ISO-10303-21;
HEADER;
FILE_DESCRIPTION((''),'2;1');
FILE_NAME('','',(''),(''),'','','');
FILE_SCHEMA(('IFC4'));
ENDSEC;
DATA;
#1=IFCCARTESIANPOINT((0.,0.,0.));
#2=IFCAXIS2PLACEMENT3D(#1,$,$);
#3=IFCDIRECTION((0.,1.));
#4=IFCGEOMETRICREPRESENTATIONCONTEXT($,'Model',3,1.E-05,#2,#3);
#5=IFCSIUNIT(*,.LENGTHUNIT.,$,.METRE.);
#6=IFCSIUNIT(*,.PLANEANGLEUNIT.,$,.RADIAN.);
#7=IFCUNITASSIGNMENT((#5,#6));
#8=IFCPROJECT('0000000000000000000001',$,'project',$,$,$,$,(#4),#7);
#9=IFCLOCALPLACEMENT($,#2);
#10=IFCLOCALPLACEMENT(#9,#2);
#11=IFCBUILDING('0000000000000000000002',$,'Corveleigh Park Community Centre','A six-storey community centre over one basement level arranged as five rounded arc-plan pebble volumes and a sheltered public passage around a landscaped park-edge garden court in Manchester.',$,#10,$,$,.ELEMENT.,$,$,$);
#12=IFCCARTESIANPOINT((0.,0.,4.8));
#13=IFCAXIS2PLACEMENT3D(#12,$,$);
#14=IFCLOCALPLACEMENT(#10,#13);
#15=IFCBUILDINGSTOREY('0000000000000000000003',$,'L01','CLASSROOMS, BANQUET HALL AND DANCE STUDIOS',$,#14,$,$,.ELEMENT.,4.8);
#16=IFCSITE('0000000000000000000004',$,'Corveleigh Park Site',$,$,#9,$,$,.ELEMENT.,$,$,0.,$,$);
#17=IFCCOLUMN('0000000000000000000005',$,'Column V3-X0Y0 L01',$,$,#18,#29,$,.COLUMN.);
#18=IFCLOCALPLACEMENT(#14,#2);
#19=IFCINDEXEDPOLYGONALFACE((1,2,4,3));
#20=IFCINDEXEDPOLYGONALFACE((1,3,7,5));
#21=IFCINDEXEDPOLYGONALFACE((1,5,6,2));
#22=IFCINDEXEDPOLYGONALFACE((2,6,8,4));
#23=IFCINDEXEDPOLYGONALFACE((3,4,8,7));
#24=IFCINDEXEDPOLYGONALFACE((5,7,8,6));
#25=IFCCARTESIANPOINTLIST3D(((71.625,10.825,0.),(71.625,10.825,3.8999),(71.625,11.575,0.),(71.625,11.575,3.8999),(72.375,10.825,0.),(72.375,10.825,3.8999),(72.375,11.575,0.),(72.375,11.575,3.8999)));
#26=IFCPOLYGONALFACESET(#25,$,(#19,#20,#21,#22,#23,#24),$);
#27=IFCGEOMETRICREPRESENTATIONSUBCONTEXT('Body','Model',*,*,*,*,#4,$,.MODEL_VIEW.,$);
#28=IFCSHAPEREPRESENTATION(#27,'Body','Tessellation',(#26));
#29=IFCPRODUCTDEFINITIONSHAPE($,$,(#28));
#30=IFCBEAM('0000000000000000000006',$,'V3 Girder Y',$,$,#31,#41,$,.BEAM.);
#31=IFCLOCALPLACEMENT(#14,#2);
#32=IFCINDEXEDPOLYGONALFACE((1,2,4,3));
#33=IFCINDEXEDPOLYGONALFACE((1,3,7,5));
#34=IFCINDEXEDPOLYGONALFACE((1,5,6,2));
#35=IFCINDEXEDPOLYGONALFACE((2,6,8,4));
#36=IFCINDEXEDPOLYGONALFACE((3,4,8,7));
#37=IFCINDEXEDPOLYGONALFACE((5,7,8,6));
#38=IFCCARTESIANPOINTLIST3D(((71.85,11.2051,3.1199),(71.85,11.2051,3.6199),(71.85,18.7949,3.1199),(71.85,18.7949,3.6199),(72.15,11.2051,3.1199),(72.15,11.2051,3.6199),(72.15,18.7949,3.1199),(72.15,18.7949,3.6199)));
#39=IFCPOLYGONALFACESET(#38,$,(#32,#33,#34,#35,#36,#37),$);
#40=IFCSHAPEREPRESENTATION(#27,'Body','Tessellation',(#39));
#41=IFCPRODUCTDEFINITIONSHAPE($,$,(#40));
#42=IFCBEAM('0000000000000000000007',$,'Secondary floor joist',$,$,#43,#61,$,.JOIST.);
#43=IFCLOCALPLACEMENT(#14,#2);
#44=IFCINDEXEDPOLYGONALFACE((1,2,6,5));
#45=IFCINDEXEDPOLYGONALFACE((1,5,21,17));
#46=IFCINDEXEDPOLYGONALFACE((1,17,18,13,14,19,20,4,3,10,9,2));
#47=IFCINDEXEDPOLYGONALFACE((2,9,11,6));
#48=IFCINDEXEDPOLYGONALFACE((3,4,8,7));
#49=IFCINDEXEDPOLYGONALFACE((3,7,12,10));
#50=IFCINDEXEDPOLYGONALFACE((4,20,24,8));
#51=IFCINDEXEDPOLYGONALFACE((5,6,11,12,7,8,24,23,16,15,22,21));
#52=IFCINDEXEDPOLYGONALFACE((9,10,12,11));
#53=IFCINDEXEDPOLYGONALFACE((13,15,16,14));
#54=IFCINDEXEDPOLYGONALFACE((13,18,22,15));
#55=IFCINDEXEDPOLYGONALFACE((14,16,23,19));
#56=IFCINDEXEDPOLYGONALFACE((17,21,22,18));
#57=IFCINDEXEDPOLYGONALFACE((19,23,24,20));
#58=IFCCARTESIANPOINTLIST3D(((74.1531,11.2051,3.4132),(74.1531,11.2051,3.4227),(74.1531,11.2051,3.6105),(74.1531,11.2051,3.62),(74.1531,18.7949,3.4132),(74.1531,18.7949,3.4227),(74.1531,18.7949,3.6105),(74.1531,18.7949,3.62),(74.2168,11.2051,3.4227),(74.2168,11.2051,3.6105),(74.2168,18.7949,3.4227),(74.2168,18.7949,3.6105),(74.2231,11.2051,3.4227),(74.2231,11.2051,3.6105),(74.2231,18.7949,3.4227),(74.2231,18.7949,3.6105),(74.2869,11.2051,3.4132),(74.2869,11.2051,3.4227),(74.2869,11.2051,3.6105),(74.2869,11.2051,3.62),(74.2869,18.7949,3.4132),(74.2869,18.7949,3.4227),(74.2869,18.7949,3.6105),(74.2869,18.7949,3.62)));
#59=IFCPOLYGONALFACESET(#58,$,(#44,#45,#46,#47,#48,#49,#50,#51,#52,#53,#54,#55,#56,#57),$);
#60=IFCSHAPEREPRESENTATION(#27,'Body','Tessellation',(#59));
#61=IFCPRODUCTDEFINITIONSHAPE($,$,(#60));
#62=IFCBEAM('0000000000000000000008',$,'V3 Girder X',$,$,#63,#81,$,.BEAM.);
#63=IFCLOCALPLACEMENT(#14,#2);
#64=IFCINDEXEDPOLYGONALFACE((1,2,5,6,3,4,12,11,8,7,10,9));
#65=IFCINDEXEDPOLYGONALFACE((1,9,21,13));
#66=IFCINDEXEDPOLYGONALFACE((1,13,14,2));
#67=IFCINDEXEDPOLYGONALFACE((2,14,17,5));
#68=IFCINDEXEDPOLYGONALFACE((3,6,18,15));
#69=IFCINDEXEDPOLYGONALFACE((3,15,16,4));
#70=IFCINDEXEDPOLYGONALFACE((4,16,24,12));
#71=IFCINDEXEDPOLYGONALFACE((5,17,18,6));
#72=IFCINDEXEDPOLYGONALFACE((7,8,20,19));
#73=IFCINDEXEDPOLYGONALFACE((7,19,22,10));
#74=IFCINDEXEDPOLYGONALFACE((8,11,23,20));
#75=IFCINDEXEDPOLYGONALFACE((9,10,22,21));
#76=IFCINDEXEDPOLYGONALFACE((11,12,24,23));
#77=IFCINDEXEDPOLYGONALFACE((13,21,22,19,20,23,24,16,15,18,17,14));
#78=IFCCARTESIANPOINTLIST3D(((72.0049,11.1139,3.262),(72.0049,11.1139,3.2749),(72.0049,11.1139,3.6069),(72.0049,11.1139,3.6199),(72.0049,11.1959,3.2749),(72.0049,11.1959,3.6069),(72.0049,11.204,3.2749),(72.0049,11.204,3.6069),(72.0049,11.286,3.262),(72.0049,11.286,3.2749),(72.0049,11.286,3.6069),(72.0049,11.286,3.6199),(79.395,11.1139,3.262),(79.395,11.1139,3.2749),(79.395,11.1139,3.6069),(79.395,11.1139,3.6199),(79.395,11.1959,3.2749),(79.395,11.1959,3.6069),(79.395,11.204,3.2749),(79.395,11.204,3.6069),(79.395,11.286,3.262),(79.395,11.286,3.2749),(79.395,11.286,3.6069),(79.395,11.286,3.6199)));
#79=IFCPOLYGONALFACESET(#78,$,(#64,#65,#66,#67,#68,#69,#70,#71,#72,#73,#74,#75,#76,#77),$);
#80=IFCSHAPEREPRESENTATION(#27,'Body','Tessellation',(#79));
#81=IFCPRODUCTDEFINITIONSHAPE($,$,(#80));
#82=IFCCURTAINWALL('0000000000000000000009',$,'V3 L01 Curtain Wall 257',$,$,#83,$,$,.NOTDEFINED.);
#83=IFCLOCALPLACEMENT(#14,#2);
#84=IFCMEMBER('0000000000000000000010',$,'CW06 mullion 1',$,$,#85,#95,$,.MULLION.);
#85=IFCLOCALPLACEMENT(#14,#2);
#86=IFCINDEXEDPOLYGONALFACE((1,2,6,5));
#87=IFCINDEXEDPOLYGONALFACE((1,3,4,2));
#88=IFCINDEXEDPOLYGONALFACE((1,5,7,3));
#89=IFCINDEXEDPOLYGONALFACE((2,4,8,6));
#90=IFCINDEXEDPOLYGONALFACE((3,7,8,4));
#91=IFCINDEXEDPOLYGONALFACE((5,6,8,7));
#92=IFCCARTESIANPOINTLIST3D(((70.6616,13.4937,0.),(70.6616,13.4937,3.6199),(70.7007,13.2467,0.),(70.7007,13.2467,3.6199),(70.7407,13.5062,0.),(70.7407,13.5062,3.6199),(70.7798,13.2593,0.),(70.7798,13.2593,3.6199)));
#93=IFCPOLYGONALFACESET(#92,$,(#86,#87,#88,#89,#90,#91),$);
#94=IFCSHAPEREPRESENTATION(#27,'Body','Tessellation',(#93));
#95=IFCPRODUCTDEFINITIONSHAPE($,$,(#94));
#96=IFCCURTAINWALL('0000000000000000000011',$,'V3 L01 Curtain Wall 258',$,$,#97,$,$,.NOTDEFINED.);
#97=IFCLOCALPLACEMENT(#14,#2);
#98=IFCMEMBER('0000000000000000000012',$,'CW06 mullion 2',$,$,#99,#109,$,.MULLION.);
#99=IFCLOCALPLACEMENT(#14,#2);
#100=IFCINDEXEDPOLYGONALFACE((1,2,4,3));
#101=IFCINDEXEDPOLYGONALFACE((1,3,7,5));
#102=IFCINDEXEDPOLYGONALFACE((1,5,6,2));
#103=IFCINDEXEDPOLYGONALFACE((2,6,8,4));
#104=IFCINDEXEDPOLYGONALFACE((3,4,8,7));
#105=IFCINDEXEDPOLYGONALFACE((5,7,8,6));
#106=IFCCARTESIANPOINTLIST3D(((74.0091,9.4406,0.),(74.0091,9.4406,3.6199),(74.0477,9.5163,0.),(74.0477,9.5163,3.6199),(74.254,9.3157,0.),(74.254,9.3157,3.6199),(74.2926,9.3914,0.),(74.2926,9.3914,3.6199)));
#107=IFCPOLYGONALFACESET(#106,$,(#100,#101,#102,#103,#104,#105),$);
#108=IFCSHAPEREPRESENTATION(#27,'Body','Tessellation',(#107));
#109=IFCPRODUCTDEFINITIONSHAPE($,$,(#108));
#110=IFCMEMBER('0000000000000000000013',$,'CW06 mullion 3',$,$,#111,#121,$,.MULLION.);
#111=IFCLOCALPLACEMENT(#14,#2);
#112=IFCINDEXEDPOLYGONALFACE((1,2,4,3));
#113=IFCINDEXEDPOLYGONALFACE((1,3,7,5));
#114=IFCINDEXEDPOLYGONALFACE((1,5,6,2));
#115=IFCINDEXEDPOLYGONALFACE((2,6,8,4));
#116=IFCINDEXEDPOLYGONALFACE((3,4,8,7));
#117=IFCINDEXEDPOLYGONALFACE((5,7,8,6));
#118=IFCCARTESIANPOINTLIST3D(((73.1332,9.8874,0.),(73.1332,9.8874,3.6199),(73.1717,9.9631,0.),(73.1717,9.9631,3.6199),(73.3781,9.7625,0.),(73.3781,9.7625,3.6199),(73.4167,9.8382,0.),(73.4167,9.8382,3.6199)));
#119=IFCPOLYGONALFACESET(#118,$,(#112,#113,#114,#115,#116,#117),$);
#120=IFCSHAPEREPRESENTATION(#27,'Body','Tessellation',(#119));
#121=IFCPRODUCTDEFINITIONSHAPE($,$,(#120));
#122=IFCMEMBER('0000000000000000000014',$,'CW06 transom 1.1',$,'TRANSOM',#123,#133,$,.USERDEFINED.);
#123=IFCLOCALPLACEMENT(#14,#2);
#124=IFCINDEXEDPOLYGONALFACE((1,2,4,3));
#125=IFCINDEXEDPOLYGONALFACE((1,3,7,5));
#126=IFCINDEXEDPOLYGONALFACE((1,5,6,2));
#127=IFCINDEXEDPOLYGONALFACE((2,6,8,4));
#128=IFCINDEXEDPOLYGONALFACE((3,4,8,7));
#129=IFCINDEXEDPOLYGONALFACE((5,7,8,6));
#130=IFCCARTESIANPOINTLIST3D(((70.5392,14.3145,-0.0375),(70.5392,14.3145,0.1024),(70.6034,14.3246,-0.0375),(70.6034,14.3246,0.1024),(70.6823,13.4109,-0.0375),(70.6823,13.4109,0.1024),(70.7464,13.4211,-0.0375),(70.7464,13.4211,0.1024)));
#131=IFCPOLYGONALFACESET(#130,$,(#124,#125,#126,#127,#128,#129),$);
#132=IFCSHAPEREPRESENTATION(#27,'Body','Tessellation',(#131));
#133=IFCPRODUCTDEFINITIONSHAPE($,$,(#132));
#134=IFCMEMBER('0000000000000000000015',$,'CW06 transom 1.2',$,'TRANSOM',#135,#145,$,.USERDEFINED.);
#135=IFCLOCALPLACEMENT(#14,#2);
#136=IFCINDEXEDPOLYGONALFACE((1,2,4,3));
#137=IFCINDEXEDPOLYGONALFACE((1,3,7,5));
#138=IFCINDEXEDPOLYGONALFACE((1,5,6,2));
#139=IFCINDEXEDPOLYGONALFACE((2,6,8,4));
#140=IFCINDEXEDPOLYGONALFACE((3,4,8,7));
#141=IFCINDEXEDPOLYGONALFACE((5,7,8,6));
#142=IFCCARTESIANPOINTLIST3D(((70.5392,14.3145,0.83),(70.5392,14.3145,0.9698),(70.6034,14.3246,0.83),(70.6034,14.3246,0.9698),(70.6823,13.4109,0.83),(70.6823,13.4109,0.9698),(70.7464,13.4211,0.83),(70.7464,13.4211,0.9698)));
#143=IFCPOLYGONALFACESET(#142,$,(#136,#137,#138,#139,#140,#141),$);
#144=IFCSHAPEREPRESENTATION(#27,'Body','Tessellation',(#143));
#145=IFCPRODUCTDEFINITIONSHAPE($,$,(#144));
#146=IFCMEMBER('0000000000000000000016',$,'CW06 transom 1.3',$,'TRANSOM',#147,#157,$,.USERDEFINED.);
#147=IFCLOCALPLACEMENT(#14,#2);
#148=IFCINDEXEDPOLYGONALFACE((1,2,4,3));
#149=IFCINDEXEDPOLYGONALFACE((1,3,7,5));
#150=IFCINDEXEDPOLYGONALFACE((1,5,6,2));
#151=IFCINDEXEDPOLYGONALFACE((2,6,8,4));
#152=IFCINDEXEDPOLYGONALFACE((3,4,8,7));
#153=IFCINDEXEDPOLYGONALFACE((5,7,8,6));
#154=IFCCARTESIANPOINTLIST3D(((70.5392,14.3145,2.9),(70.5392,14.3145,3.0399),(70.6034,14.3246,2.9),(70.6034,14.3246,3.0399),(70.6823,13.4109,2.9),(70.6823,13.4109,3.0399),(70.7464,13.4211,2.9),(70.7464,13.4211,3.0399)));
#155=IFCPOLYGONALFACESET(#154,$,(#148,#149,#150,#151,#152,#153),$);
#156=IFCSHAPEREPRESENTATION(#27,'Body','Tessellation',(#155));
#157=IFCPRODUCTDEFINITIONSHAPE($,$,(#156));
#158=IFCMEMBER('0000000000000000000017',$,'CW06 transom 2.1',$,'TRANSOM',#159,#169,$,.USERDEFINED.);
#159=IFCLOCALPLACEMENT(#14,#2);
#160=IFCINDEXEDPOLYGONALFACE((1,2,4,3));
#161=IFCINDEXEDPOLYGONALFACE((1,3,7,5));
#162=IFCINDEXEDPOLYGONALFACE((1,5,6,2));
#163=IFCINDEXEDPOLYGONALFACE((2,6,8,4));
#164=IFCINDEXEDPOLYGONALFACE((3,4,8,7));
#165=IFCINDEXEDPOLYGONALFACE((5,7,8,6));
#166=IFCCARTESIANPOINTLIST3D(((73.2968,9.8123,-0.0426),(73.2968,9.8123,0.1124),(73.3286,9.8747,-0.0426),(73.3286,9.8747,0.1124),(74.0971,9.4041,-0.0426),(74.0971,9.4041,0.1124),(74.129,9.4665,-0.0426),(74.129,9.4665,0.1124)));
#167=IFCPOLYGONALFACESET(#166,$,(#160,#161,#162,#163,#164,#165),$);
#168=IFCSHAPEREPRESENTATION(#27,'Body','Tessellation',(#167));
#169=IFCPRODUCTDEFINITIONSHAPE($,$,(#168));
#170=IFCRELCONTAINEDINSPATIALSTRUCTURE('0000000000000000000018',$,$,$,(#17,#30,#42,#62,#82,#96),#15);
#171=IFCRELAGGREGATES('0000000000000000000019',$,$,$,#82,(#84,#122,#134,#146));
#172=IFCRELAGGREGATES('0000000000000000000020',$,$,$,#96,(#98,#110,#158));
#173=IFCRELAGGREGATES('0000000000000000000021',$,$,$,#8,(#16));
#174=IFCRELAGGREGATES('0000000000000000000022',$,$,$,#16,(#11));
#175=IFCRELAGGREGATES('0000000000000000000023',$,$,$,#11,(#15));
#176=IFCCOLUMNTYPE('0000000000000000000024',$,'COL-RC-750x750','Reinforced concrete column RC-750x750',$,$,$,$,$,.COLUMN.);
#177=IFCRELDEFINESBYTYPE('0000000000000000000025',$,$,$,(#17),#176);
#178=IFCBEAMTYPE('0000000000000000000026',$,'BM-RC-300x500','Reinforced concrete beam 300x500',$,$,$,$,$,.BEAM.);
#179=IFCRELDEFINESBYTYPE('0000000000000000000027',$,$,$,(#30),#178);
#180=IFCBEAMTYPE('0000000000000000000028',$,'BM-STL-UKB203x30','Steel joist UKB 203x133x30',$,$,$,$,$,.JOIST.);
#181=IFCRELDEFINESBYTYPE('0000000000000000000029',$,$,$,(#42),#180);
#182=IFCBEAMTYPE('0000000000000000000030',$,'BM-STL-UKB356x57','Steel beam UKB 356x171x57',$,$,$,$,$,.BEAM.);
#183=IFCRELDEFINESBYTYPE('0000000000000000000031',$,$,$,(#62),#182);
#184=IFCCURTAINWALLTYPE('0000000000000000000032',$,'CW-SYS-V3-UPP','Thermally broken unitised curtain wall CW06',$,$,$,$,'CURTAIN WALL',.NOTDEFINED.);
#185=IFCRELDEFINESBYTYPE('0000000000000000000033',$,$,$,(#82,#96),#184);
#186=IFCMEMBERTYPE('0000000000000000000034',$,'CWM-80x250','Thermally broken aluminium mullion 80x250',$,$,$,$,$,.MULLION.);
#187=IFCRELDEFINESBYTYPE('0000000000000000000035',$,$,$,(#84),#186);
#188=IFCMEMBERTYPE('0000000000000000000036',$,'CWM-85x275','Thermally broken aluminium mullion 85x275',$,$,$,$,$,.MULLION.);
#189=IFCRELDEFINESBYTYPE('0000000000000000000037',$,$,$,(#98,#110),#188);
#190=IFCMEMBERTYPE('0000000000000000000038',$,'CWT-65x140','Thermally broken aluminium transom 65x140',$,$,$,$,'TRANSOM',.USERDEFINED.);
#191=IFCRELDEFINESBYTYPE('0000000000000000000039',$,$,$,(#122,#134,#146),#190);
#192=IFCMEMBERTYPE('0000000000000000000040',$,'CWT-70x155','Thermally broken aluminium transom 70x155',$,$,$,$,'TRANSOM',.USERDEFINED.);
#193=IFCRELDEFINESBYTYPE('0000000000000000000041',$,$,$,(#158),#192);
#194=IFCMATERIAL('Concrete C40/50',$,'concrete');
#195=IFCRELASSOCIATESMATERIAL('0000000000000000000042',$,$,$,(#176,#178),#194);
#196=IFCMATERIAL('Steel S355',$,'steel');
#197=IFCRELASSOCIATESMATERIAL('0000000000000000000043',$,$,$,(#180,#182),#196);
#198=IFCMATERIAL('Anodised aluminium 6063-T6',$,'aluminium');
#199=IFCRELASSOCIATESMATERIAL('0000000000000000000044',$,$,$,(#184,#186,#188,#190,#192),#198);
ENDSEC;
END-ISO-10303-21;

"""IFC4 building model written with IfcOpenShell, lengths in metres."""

from ifc_helpers import new_model, si_unit, direction, frame, origin, origin_2d, place, context, subcontext, project, spatial, rectangle, i_section, extrude, material, material_profile, profile_set, type_object, element, aggregate, save


model = new_model("IFC4")

# Units and contexts
model_context = context("Model", 3, precision=1e-05, world=origin(), true_north=direction((0.0, 1.0)))
body_context = subcontext(model_context, "Body", "Model", "MODEL_VIEW")
ifc_project = project(units=[si_unit("LENGTHUNIT", "METRE"), si_unit("PLANEANGLEUNIT", "RADIAN")], contexts=[model_context])

# Site, building, storey
site_placement = place(None, origin())
site = spatial("IfcSite", under=ifc_project, at=site_placement, Name="Corveleigh Park Site", CompositionType="ELEMENT", RefElevation=0.0)
building_placement = place(site_placement, origin())
building = spatial("IfcBuilding", under=site, at=building_placement, Name="Corveleigh Park Community Centre", Description="A six-storey community centre over one basement level arranged as five rounded arc-plan pebble volumes and a sheltered public passage around a landscaped park-edge garden court in Manchester.", CompositionType="ELEMENT")
storey_placement = place(building_placement, frame((0.0, 0.0, 4.8)))
storey = spatial("IfcBuildingStorey", under=building, at=storey_placement, Name="L01", Description="CLASSROOMS, BANQUET HALL AND DANCE STUDIOS", CompositionType="ELEMENT", Elevation=4.8)

# Column
ifc_material_1 = material(Name="Concrete C40/50", Category="concrete")
ifc_material_profile_1 = material_profile(ifc_material_1, rectangle(XDim=0.75, YDim=0.75, at=origin_2d()), Name="RC-750x750", Category="concrete")
ifc_profile_set_1 = profile_set([ifc_material_profile_1], Name="Concrete C40/50")
column_type = type_object("IfcColumnType", Name="COL-RC-750x750", Description="Reinforced concrete column RC-750x750", PredefinedType="COLUMN", material=ifc_profile_set_1)
column_placement = place(storey_placement, frame((72.0, 11.2, 0.0), z_axis=(0.0, 0.0, 1.0), x_axis=(1.0, 0.0, 0.0)))
element("IfcColumn", 1, at=column_placement, inside=storey, type_object=column_type, Name="Column V3-X0Y0 L01", PredefinedType="COLUMN", context=body_context, shape_type="SweptSolid", body=[
    extrude(rectangle(XDim=0.75, YDim=0.75, at=origin_2d()), origin(), (0.0, 0.0, 1.0), 3.8999),
])

# Beams
ifc_material_profile_2 = material_profile(ifc_material_1, rectangle(XDim=0.3, YDim=0.5, at=origin_2d()), Name="RC-300x500", Category="concrete")
ifc_profile_set_2 = profile_set([ifc_material_profile_2], Name="Concrete C40/50")
beam_type_1 = type_object("IfcBeamType", Name="BM-RC-300x500", Description="Reinforced concrete beam 300x500", PredefinedType="BEAM", material=ifc_profile_set_2)
beam_1_placement = place(storey_placement, frame((72.0, 11.2051, 3.3699), z_axis=(0.0, 1.0, 0.0), x_axis=(-1.0, 0.0, 0.0)))
element("IfcBeam", 2, at=beam_1_placement, inside=storey, type_object=beam_type_1, Name="V3 Girder Y", PredefinedType="BEAM", context=body_context, shape_type="SweptSolid", body=[
    extrude(rectangle(XDim=0.3, YDim=0.5, at=origin_2d()), origin(), (0.0, 0.0, 1.0), 7.5898),
])
ifc_material_2 = material(Name="Steel S355", Category="steel")
ifc_material_profile_3 = material_profile(ifc_material_2, i_section(OverallWidth=0.1338, OverallDepth=0.2068, WebThickness=0.0063, FlangeThickness=0.0095, at=origin_2d()), Name="UKB 203x133x30", Category="steel")
ifc_profile_set_3 = profile_set([ifc_material_profile_3], Name="Steel S355")
beam_type_2 = type_object("IfcBeamType", Name="BM-STL-UKB203x30", Description="Steel joist UKB 203x133x30", PredefinedType="JOIST", material=ifc_profile_set_3)
beam_2_placement = place(storey_placement, frame((74.22, 11.2051, 3.5166), z_axis=(0.0, 1.0, 0.0), x_axis=(-1.0, 0.0, 0.0)))
element("IfcBeam", 3, at=beam_2_placement, inside=storey, type_object=beam_type_2, Name="Secondary floor joist", PredefinedType="JOIST", context=body_context, shape_type="SweptSolid", body=[
    extrude(i_section(OverallWidth=0.1338, OverallDepth=0.2068, WebThickness=0.0063, FlangeThickness=0.0095, at=origin_2d()), origin(), (0.0, 0.0, 1.0), 7.5898),
])
ifc_material_profile_4 = material_profile(ifc_material_2, i_section(OverallWidth=0.1721, OverallDepth=0.3579, WebThickness=0.0081, FlangeThickness=0.0129, at=origin_2d()), Name="UKB 356x171x57", Category="steel")
ifc_profile_set_4 = profile_set([ifc_material_profile_4], Name="Steel S355")
beam_type_3 = type_object("IfcBeamType", Name="BM-STL-UKB356x57", Description="Steel beam UKB 356x171x57", PredefinedType="BEAM", material=ifc_profile_set_4)
beam_3_placement = place(storey_placement, frame((72.0049, 11.2, 3.4409), z_axis=(1.0, 0.0, 0.0), x_axis=(0.0, 1.0, 0.0)))
element("IfcBeam", 4, at=beam_3_placement, inside=storey, type_object=beam_type_3, Name="V3 Girder X", PredefinedType="BEAM", context=body_context, shape_type="SweptSolid", body=[
    extrude(i_section(OverallWidth=0.1721, OverallDepth=0.3579, WebThickness=0.0081, FlangeThickness=0.0129, at=origin_2d()), origin(), (0.0, 0.0, 1.0), 7.3901),
])

# Curtain wall, member
ifc_material_3 = material(Name="Anodised aluminium 6063-T6", Category="aluminium")
curtain_wall_type = type_object("IfcCurtainWallType", Name="CW-SYS-V3-UPP", Description="Thermally broken unitised curtain wall CW06", ElementType="CURTAIN WALL", PredefinedType="NOTDEFINED", material=ifc_material_3)
curtain_wall_1_placement = place(storey_placement, origin())
curtain_wall_1 = element("IfcCurtainWall", 5, at=curtain_wall_1_placement, inside=storey, type_object=curtain_wall_type, Name="V3 L01 Curtain Wall 257", PredefinedType="NOTDEFINED")
ifc_material_profile_5 = material_profile(ifc_material_3, rectangle(XDim=0.0801, YDim=0.25, at=origin_2d()), Name="ALU-M80x250", Category="aluminium")
ifc_profile_set_5 = profile_set([ifc_material_profile_5], Name="Anodised aluminium 6063-T6")
member_type_1 = type_object("IfcMemberType", Name="CWM-80x250", Description="Thermally broken aluminium mullion 80x250", PredefinedType="MULLION", material=ifc_profile_set_5)
member_1_placement = place(storey_placement, frame((70.7207, 13.3765, 0.0), z_axis=(0.0, 0.0, 1.0), x_axis=(-0.987669, -0.156558, 0.0)))
member_1 = element("IfcMember", 6, at=member_1_placement, type_object=member_type_1, Name="CW06 mullion 1", PredefinedType="MULLION", context=body_context, shape_type="SweptSolid", body=[
    extrude(rectangle(XDim=0.0801, YDim=0.25, at=origin_2d()), origin(), (0.0, 0.0, 1.0), 3.6199),
])

# Curtain wall, members
curtain_wall_2_placement = place(storey_placement, origin())
curtain_wall_2 = element("IfcCurtainWall", 7, at=curtain_wall_2_placement, inside=storey, type_object=curtain_wall_type, Name="V3 L01 Curtain Wall 258", PredefinedType="NOTDEFINED")
ifc_material_profile_6 = material_profile(ifc_material_3, rectangle(XDim=0.085, YDim=0.2749, at=origin_2d()), Name="ALU-M85x275", Category="aluminium")
ifc_profile_set_6 = profile_set([ifc_material_profile_6], Name="Anodised aluminium 6063-T6")
member_type_2 = type_object("IfcMemberType", Name="CWM-85x275", Description="Thermally broken aluminium mullion 85x275", PredefinedType="MULLION", material=ifc_profile_set_6)
member_2_placement = place(storey_placement, frame((74.1509, 9.416, 0.0), z_axis=(0.0, 0.0, 1.0), x_axis=(-0.454218, -0.890891, 0.0)))
member_2 = element("IfcMember", 8, at=member_2_placement, type_object=member_type_2, Name="CW06 mullion 2", PredefinedType="MULLION", context=body_context, shape_type="SweptSolid", body=[
    extrude(rectangle(XDim=0.085, YDim=0.2749, at=origin_2d()), origin(), (0.0, 0.0, 1.0), 3.6199),
])
member_3_placement = place(storey_placement, frame((73.2749, 9.8628, 0.0), z_axis=(0.0, 0.0, 1.0), x_axis=(-0.454218, -0.890891, 0.0)))
member_3 = element("IfcMember", 9, at=member_3_placement, type_object=member_type_2, Name="CW06 mullion 3", PredefinedType="MULLION", context=body_context, shape_type="SweptSolid", body=[
    extrude(rectangle(XDim=0.085, YDim=0.2749, at=origin_2d()), origin(), (0.0, 0.0, 1.0), 3.6199),
])

# Members
ifc_material_profile_7 = material_profile(ifc_material_3, rectangle(XDim=0.0649, YDim=0.1399, at=origin_2d()), Name="ALU-T65x140", Category="aluminium")
ifc_profile_set_7 = profile_set([ifc_material_profile_7], Name="Anodised aluminium 6063-T6")
member_type_3 = type_object("IfcMemberType", Name="CWT-65x140", Description="Thermally broken aluminium transom 65x140", ElementType="TRANSOM", PredefinedType="USERDEFINED", material=ifc_profile_set_7)
member_4_placement = place(storey_placement, frame((70.7144, 13.416, 0.0325), z_axis=(-0.156387, 0.987696, 0.0), x_axis=(-0.987696, -0.156387, 0.0)))
member_4 = element("IfcMember", 10, at=member_4_placement, type_object=member_type_3, Name="CW06 transom 1.1", ObjectType="TRANSOM", PredefinedType="USERDEFINED", context=body_context, shape_type="SweptSolid", body=[
    extrude(rectangle(XDim=0.0649, YDim=0.1399, at=origin_2d()), origin(), (0.0, 0.0, 1.0), 0.9148),
])
member_5_placement = place(storey_placement, frame((70.7144, 13.416, 0.8999), z_axis=(-0.156387, 0.987696, 0.0), x_axis=(-0.987696, -0.156387, 0.0)))
member_5 = element("IfcMember", 11, at=member_5_placement, type_object=member_type_3, Name="CW06 transom 1.2", ObjectType="TRANSOM", PredefinedType="USERDEFINED", context=body_context, shape_type="SweptSolid", body=[
    extrude(rectangle(XDim=0.0649, YDim=0.1399, at=origin_2d()), origin(), (0.0, 0.0, 1.0), 0.9148),
])
member_6_placement = place(storey_placement, frame((70.7144, 13.416, 2.97), z_axis=(-0.156387, 0.987696, 0.0), x_axis=(-0.987696, -0.156387, 0.0)))
member_6 = element("IfcMember", 12, at=member_6_placement, type_object=member_type_3, Name="CW06 transom 1.3", ObjectType="TRANSOM", PredefinedType="USERDEFINED", context=body_context, shape_type="SweptSolid", body=[
    extrude(rectangle(XDim=0.0649, YDim=0.1399, at=origin_2d()), origin(), (0.0, 0.0, 1.0), 0.9148),
])
aggregate(curtain_wall_1, [member_1, member_4, member_5, member_6])
ifc_material_profile_8 = material_profile(ifc_material_3, rectangle(XDim=0.0701, YDim=0.155, at=origin_2d()), Name="ALU-T70x155", Category="aluminium")
ifc_profile_set_8 = profile_set([ifc_material_profile_8], Name="Anodised aluminium 6063-T6")
member_type_4 = type_object("IfcMemberType", Name="CWT-70x155", Description="Thermally broken aluminium transom 70x155", ElementType="TRANSOM", PredefinedType="USERDEFINED", material=ifc_profile_set_8)
member_7_placement = place(storey_placement, frame((74.113, 9.4353, 0.0349), z_axis=(-0.890811, 0.454374, 0.0), x_axis=(-0.454374, -0.890811, 0.0)))
member_7 = element("IfcMember", 13, at=member_7_placement, type_object=member_type_4, Name="CW06 transom 2.1", ObjectType="TRANSOM", PredefinedType="USERDEFINED", context=body_context, shape_type="SweptSolid", body=[
    extrude(rectangle(XDim=0.0701, YDim=0.155, at=origin_2d()), origin(), (0.0, 0.0, 1.0), 0.8984),
])

aggregate(curtain_wall_2, [member_2, member_3, member_7])

save(model, "model.ifc")
